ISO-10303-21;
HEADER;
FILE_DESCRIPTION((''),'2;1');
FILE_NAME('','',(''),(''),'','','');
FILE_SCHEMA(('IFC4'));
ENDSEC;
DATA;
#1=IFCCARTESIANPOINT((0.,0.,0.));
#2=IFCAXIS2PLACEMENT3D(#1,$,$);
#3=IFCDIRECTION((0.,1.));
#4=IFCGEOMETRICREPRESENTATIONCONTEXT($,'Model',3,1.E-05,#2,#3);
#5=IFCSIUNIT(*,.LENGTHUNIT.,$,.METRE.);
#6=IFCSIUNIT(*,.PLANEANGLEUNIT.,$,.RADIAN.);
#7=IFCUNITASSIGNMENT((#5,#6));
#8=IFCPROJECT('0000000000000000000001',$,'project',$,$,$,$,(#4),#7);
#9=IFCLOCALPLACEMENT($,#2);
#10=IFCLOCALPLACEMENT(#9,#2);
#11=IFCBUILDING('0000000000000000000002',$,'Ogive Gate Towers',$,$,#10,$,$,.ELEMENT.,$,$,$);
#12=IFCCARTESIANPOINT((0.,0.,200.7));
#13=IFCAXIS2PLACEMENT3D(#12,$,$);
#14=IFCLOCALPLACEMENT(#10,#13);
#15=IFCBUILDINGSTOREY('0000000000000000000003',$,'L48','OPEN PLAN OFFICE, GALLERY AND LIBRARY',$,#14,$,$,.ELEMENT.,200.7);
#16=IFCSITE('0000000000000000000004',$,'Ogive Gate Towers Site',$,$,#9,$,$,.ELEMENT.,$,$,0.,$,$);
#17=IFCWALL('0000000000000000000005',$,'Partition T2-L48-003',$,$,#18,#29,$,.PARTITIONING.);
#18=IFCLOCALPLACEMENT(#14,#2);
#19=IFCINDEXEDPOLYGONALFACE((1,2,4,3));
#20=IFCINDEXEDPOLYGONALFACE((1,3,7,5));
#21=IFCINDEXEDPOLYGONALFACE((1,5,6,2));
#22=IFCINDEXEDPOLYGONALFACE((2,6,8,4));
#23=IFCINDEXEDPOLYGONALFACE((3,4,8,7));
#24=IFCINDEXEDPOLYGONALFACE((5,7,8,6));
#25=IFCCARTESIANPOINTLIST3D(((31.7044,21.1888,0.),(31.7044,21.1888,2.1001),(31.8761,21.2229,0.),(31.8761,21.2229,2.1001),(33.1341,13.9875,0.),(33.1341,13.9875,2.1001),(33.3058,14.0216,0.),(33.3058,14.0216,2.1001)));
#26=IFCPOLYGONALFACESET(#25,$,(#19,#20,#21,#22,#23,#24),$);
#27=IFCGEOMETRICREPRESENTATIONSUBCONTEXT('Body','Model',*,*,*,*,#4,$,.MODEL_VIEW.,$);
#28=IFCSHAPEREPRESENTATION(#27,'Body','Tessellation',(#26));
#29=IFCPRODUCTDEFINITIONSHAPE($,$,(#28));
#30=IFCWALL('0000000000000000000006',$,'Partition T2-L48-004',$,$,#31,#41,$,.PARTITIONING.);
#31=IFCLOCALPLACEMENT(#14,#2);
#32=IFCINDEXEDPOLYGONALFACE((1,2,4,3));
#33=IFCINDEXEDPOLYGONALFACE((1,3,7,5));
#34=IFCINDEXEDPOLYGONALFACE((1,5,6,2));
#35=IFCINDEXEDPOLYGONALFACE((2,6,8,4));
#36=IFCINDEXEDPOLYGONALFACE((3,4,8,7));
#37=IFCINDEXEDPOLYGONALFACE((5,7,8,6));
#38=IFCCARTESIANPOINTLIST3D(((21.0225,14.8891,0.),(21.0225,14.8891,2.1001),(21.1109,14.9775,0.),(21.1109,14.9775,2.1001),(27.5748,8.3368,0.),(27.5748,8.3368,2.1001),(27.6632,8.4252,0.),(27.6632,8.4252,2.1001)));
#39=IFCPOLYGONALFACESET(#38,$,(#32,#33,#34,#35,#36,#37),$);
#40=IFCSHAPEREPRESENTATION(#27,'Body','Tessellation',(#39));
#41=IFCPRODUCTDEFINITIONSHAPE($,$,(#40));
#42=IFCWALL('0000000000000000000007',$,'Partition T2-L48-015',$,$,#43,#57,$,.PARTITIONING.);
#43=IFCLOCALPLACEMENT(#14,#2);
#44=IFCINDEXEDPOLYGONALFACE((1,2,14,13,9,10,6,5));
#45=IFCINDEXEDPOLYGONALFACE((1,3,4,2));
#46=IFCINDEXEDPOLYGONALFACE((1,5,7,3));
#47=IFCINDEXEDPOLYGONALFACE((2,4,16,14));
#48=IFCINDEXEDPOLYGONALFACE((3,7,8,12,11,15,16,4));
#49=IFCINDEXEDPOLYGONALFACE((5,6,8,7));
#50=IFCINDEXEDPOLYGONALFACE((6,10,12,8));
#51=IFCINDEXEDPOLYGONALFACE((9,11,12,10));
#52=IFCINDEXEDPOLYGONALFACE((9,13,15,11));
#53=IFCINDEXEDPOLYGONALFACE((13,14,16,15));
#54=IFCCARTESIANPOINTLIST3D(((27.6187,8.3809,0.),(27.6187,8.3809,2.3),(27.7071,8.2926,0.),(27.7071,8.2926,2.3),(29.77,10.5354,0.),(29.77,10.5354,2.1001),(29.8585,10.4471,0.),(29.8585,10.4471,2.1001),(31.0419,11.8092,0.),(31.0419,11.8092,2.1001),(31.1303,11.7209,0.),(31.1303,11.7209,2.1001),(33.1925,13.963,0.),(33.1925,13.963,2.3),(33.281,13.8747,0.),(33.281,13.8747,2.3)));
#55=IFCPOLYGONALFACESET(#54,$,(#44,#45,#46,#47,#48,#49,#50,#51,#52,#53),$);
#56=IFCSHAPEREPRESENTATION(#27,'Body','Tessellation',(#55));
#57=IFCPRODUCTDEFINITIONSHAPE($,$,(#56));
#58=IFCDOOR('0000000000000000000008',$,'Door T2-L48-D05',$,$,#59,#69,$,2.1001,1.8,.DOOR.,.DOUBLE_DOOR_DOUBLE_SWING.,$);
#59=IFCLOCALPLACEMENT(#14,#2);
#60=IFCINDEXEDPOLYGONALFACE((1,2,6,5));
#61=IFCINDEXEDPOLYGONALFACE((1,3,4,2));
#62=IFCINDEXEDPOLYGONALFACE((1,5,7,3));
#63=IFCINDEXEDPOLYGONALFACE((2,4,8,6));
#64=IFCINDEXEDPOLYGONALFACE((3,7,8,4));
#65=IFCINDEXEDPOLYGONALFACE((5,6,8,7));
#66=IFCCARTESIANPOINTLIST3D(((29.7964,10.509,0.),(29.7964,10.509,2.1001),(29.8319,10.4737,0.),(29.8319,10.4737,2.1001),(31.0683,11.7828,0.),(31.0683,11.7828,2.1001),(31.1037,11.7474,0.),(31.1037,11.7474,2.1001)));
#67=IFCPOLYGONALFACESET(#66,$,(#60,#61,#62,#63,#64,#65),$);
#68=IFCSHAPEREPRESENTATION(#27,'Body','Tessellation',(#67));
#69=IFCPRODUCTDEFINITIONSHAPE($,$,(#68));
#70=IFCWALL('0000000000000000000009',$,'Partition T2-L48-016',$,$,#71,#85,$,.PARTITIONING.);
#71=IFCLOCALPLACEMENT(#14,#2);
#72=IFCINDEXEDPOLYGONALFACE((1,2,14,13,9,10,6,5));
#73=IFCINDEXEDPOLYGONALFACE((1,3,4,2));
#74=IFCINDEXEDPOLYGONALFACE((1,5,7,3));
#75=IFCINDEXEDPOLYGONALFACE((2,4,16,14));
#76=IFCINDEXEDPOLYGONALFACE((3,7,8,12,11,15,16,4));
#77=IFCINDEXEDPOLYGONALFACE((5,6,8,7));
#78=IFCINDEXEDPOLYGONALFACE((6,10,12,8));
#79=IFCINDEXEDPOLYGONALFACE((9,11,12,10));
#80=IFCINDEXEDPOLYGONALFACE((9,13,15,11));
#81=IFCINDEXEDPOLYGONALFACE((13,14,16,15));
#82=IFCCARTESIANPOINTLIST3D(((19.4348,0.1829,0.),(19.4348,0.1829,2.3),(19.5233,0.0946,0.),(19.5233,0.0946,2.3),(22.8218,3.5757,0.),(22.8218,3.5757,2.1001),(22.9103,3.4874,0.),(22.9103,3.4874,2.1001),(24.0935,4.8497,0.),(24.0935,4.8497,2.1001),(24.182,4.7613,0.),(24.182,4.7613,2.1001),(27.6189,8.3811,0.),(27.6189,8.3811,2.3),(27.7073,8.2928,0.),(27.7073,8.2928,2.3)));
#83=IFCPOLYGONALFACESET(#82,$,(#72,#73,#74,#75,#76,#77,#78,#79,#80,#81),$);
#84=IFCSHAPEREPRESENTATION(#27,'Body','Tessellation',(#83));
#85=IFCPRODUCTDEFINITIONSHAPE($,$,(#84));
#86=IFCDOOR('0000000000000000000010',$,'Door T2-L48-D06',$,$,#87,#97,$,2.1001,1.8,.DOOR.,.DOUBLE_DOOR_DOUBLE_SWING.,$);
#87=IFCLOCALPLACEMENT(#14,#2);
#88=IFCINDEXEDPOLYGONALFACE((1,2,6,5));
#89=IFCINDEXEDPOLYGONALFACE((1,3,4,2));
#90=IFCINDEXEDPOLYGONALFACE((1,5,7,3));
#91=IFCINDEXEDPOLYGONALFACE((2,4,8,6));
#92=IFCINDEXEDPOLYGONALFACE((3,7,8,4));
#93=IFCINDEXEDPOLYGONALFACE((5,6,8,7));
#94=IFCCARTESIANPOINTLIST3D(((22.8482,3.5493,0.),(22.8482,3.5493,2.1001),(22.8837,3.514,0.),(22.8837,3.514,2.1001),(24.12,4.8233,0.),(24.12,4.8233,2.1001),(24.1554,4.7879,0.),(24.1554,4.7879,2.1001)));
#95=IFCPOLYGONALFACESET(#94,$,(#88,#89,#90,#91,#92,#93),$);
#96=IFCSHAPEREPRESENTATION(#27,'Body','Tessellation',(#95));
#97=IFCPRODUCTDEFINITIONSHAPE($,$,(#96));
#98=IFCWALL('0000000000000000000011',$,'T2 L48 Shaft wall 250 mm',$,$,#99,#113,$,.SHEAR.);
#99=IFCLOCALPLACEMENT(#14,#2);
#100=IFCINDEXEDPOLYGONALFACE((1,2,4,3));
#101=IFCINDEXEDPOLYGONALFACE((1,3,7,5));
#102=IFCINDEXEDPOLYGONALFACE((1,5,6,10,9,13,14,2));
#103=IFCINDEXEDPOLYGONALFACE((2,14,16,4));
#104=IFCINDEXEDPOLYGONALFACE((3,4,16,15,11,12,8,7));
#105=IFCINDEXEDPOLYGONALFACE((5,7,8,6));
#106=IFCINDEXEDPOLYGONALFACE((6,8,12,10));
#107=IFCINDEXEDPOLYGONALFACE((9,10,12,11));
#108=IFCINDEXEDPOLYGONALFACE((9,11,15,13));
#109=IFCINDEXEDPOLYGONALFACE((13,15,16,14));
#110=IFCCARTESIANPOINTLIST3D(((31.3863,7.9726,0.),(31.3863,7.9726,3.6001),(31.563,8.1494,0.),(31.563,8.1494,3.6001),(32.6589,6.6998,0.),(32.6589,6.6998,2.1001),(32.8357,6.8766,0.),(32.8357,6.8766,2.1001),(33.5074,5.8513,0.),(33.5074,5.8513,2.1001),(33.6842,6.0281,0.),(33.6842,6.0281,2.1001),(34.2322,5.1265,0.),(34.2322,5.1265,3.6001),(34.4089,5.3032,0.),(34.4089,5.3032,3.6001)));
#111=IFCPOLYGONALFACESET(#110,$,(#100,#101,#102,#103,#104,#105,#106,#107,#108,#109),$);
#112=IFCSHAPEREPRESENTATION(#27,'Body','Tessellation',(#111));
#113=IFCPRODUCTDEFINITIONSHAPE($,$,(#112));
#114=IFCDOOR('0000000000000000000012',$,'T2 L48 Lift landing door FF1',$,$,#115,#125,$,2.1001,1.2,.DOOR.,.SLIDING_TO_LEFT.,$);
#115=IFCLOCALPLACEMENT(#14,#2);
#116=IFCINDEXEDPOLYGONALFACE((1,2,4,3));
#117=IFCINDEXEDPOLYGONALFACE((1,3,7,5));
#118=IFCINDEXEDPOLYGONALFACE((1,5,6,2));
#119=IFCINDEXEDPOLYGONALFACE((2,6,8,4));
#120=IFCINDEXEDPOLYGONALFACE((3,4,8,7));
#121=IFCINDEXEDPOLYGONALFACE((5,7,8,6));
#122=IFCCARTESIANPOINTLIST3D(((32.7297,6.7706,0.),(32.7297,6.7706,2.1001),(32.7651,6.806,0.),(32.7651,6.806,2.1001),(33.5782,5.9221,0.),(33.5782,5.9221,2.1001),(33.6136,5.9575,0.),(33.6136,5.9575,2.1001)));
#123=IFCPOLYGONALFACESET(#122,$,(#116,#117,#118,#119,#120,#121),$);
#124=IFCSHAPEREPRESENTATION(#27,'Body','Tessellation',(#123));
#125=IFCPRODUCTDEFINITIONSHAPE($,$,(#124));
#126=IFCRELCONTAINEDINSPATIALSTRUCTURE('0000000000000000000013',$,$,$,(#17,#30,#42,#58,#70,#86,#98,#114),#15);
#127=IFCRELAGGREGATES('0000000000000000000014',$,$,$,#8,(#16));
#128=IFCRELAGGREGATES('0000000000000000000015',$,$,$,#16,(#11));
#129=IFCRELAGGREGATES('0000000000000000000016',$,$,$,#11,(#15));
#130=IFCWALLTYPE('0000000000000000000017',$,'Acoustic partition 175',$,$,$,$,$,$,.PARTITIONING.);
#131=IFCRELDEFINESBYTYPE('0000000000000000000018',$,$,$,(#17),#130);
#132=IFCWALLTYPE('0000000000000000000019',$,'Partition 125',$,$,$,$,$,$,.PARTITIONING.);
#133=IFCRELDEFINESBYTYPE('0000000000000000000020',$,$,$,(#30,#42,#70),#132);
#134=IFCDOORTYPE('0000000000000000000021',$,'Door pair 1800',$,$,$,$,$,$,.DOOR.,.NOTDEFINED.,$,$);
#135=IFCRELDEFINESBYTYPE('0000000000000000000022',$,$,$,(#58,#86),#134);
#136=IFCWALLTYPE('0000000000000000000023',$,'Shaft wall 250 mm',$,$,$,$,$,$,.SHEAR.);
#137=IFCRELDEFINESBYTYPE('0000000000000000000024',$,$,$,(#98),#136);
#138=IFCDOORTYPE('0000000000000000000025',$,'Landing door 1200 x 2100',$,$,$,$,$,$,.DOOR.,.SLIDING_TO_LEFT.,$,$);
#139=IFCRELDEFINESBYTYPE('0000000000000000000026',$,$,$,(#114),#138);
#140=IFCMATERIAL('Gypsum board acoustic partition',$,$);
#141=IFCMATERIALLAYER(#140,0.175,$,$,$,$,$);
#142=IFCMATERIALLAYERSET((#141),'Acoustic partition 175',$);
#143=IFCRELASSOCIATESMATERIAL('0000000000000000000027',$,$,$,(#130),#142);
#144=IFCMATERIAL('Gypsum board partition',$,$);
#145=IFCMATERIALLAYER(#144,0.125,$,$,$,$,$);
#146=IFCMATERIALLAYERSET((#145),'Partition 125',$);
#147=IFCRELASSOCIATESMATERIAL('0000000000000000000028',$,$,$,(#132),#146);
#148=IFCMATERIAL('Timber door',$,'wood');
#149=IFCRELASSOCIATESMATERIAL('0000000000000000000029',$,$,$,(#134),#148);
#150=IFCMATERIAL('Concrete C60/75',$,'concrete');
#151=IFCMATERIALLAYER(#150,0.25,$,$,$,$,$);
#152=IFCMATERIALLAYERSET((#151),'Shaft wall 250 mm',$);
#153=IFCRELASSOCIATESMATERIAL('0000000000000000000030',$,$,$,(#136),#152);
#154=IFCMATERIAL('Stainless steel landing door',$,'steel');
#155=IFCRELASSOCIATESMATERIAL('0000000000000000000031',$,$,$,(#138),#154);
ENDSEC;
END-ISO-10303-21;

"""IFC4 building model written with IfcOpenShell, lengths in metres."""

from ifc_helpers import new_model, si_unit, direction, frame, frame_2d, origin, place, context, subcontext, project, spatial, rectangle, extrude, material, layer, layer_set, type_object, element, fill, save


model = new_model("IFC4")

# Units and contexts
model_context = context("Model", 3, precision=1e-05, world=origin(), true_north=direction((0.0, 1.0)))
body_context = subcontext(model_context, "Body", "Model", "MODEL_VIEW")
ifc_project = project(units=[si_unit("LENGTHUNIT", "METRE"), si_unit("PLANEANGLEUNIT", "RADIAN")], contexts=[model_context])

# Site, building, storey
site_placement = place(None, origin())
site = spatial("IfcSite", under=ifc_project, at=site_placement, Name="Ogive Gate Towers Site", CompositionType="ELEMENT", RefElevation=0.0)
building_placement = place(site_placement, origin())
building = spatial("IfcBuilding", under=site, at=building_placement, Name="Ogive Gate Towers", CompositionType="ELEMENT")
storey_placement = place(building_placement, frame((0.0, 0.0, 200.7)))
storey = spatial("IfcBuildingStorey", under=building, at=storey_placement, Name="L48", Description="OPEN PLAN OFFICE, GALLERY AND LIBRARY", CompositionType="ELEMENT", Elevation=200.7)

# Walls
ifc_material_1 = material(Name="Gypsum board acoustic partition")
ifc_layer_1 = layer(ifc_material_1, 0.175)
ifc_layer_set_1 = layer_set([ifc_layer_1], Name="Acoustic partition 175")
wall_type_1 = type_object("IfcWallType", Name="Acoustic partition 175", PredefinedType="PARTITIONING", material=ifc_layer_set_1)
wall_1_placement = place(storey_placement, frame((31.7903, 21.2058, 0.0), z_axis=(0.0, 0.0, 1.0), x_axis=(0.194735, -0.980856, 0.0)))
element("IfcWall", 1, at=wall_1_placement, inside=storey, type_object=wall_type_1, Name="Partition T2-L48-003", PredefinedType="PARTITIONING", context=body_context, shape_type="SweptSolid", body=[
    extrude(rectangle(XDim=7.3418, YDim=0.175, at=frame_2d((3.6709, 0.0))), origin(), (0.0, 0.0, 1.0), 2.1001),
])
ifc_material_2 = material(Name="Gypsum board partition")
ifc_layer_2 = layer(ifc_material_2, 0.125)
ifc_layer_set_2 = layer_set([ifc_layer_2], Name="Partition 125")
wall_type_2 = type_object("IfcWallType", Name="Partition 125", PredefinedType="PARTITIONING", material=ifc_layer_set_2)
wall_2_placement = place(storey_placement, frame((21.0667, 14.9333, 0.0), z_axis=(0.0, 0.0, 1.0), x_axis=(0.707107, -0.707107, 0.0)))
element("IfcWall", 2, at=wall_2_placement, inside=storey, type_object=wall_type_2, Name="Partition T2-L48-004", PredefinedType="PARTITIONING", context=body_context, shape_type="SweptSolid", body=[
    extrude(rectangle(XDim=9.2664, YDim=0.125, at=frame_2d((4.6333, 0.0))), origin(), (0.0, 0.0, 1.0), 2.1001),
])

# Walls, openings, doors
wall_3_placement = place(storey_placement, frame((33.2368, 13.9189, 0.0), z_axis=(0.0, 0.0, 1.0), x_axis=(-0.70658, -0.707633, 0.0)))
wall_3 = element("IfcWall", 3, at=wall_3_placement, inside=storey, type_object=wall_type_2, Name="Partition T2-L48-015", PredefinedType="PARTITIONING", context=body_context, shape_type="SweptSolid", body=[
    extrude(rectangle(XDim=7.8884, YDim=0.125, at=frame_2d((3.9443, 0.0))), origin(), (0.0, 0.0, 1.0), 2.3),
])
opening_1_placement = place(wall_3_placement, frame((3.0439, 0.0, 0.0)))
opening_1 = element("IfcOpeningElement", 4, at=opening_1_placement, cuts=wall_3, PredefinedType="OPENING", context=body_context, shape_type="SweptSolid", body=[
    extrude(rectangle(XDim=1.8, YDim=2.1001, at=frame_2d((0.8999, 1.05))), frame((0.0, 0.0725, 0.0), z_axis=(0.0, -1.0, 0.0), x_axis=(1.0, 0.0, 0.0)), (0.0, 0.0, 1.0), 0.145),
])
ifc_material_3 = material(Name="Timber door", Category="wood")
door_type_1 = type_object("IfcDoorType", Name="Door pair 1800", OperationType="NOTDEFINED", PredefinedType="DOOR", material=ifc_material_3)
door_1_placement = place(opening_1_placement, origin())
door_1 = element("IfcDoor", 5, at=door_1_placement, inside=storey, type_object=door_type_1, Name="Door T2-L48-D05", OperationType="DOUBLE_DOOR_DOUBLE_SWING", OverallHeight=2.1001, OverallWidth=1.8, PredefinedType="DOOR", context=body_context, shape_type="SweptSolid", body=[
    extrude(rectangle(XDim=1.8, YDim=2.1001, at=frame_2d((0.8999, 1.05))), frame((0.0, 0.0249, 0.0), z_axis=(0.0, -1.0, 0.0), x_axis=(1.0, 0.0, 0.0)), (0.0, 0.0, 1.0), 0.05),
])
fill(opening_1, door_1)
wall_4_placement = place(storey_placement, frame((27.6631, 8.3369, 0.0), z_axis=(0.0, 0.0, 1.0), x_axis=(-0.706495, -0.707718, 0.0)))
wall_4 = element("IfcWall", 6, at=wall_4_placement, inside=storey, type_object=wall_type_2, Name="Partition T2-L48-016", PredefinedType="PARTITIONING", context=body_context, shape_type="SweptSolid", body=[
    extrude(rectangle(XDim=11.584, YDim=0.125, at=frame_2d((5.792, 0.0))), origin(), (0.0, 0.0, 1.0), 2.3),
])
opening_2_placement = place(wall_4_placement, frame((4.99, 0.0, 0.0)))
opening_2 = element("IfcOpeningElement", 7, at=opening_2_placement, cuts=wall_4, PredefinedType="OPENING", context=body_context, shape_type="SweptSolid", body=[
    extrude(rectangle(XDim=1.8, YDim=2.1001, at=frame_2d((0.8999, 1.05))), frame((0.0, 0.0725, 0.0), z_axis=(0.0, -1.0, 0.0), x_axis=(1.0, 0.0, 0.0)), (0.0, 0.0, 1.0), 0.145),
])
door_2_placement = place(opening_2_placement, origin())
door_2 = element("IfcDoor", 8, at=door_2_placement, inside=storey, type_object=door_type_1, Name="Door T2-L48-D06", OperationType="DOUBLE_DOOR_DOUBLE_SWING", OverallHeight=2.1001, OverallWidth=1.8, PredefinedType="DOOR", context=body_context, shape_type="SweptSolid", body=[
    extrude(rectangle(XDim=1.8, YDim=2.1001, at=frame_2d((0.8999, 1.05))), frame((0.0, 0.0249, 0.0), z_axis=(0.0, -1.0, 0.0), x_axis=(1.0, 0.0, 0.0)), (0.0, 0.0, 1.0), 0.05),
])
fill(opening_2, door_2)
ifc_material_4 = material(Name="Concrete C60/75", Category="concrete")
ifc_layer_3 = layer(ifc_material_4, 0.25)
ifc_layer_set_3 = layer_set([ifc_layer_3], Name="Shaft wall 250 mm")
wall_type_3 = type_object("IfcWallType", Name="Shaft wall 250 mm", PredefinedType="SHEAR", material=ifc_layer_set_3)
wall_5_placement = place(storey_placement, frame((34.3206, 5.2148, 0.0), z_axis=(0.0, 0.0, 1.0), x_axis=(-0.707076, 0.707137, 0.0)))
wall_5 = element("IfcWall", 9, at=wall_5_placement, inside=storey, type_object=wall_type_3, Name="T2 L48 Shaft wall 250 mm", PredefinedType="SHEAR", context=body_context, shape_type="SweptSolid", body=[
    extrude(rectangle(XDim=4.0249, YDim=0.25, at=frame_2d((2.0125, 0.0))), origin(), (0.0, 0.0, 1.0), 3.6001),
])
opening_3_placement = place(wall_5_placement, frame((1.0249, 0.0, 0.0)))
opening_3 = element("IfcOpeningElement", 10, at=opening_3_placement, cuts=wall_5, PredefinedType="OPENING", context=body_context, shape_type="SweptSolid", body=[
    extrude(rectangle(XDim=1.2, YDim=2.1001, at=frame_2d((0.6001, 1.05))), frame((0.0, 0.135, 0.0), z_axis=(0.0, -1.0, 0.0), x_axis=(1.0, 0.0, 0.0)), (0.0, 0.0, 1.0), 0.27),
])
ifc_material_5 = material(Name="Stainless steel landing door", Category="steel")
door_type_2 = type_object("IfcDoorType", Name="Landing door 1200 x 2100", OperationType="SLIDING_TO_LEFT", PredefinedType="DOOR", material=ifc_material_5)
door_3_placement = place(opening_3_placement, origin())
door_3 = element("IfcDoor", 11, at=door_3_placement, inside=storey, type_object=door_type_2, Name="T2 L48 Lift landing door FF1", OperationType="SLIDING_TO_LEFT", OverallHeight=2.1001, OverallWidth=1.2, PredefinedType="DOOR", context=body_context, shape_type="SweptSolid", body=[
    extrude(rectangle(XDim=1.2, YDim=2.1001, at=frame_2d((0.6001, 1.05))), frame((0.0, 0.0249, 0.0), z_axis=(0.0, -1.0, 0.0), x_axis=(1.0, 0.0, 0.0)), (0.0, 0.0, 1.0), 0.05),
])
fill(opening_3, door_3)

save(model, "model.ifc")
